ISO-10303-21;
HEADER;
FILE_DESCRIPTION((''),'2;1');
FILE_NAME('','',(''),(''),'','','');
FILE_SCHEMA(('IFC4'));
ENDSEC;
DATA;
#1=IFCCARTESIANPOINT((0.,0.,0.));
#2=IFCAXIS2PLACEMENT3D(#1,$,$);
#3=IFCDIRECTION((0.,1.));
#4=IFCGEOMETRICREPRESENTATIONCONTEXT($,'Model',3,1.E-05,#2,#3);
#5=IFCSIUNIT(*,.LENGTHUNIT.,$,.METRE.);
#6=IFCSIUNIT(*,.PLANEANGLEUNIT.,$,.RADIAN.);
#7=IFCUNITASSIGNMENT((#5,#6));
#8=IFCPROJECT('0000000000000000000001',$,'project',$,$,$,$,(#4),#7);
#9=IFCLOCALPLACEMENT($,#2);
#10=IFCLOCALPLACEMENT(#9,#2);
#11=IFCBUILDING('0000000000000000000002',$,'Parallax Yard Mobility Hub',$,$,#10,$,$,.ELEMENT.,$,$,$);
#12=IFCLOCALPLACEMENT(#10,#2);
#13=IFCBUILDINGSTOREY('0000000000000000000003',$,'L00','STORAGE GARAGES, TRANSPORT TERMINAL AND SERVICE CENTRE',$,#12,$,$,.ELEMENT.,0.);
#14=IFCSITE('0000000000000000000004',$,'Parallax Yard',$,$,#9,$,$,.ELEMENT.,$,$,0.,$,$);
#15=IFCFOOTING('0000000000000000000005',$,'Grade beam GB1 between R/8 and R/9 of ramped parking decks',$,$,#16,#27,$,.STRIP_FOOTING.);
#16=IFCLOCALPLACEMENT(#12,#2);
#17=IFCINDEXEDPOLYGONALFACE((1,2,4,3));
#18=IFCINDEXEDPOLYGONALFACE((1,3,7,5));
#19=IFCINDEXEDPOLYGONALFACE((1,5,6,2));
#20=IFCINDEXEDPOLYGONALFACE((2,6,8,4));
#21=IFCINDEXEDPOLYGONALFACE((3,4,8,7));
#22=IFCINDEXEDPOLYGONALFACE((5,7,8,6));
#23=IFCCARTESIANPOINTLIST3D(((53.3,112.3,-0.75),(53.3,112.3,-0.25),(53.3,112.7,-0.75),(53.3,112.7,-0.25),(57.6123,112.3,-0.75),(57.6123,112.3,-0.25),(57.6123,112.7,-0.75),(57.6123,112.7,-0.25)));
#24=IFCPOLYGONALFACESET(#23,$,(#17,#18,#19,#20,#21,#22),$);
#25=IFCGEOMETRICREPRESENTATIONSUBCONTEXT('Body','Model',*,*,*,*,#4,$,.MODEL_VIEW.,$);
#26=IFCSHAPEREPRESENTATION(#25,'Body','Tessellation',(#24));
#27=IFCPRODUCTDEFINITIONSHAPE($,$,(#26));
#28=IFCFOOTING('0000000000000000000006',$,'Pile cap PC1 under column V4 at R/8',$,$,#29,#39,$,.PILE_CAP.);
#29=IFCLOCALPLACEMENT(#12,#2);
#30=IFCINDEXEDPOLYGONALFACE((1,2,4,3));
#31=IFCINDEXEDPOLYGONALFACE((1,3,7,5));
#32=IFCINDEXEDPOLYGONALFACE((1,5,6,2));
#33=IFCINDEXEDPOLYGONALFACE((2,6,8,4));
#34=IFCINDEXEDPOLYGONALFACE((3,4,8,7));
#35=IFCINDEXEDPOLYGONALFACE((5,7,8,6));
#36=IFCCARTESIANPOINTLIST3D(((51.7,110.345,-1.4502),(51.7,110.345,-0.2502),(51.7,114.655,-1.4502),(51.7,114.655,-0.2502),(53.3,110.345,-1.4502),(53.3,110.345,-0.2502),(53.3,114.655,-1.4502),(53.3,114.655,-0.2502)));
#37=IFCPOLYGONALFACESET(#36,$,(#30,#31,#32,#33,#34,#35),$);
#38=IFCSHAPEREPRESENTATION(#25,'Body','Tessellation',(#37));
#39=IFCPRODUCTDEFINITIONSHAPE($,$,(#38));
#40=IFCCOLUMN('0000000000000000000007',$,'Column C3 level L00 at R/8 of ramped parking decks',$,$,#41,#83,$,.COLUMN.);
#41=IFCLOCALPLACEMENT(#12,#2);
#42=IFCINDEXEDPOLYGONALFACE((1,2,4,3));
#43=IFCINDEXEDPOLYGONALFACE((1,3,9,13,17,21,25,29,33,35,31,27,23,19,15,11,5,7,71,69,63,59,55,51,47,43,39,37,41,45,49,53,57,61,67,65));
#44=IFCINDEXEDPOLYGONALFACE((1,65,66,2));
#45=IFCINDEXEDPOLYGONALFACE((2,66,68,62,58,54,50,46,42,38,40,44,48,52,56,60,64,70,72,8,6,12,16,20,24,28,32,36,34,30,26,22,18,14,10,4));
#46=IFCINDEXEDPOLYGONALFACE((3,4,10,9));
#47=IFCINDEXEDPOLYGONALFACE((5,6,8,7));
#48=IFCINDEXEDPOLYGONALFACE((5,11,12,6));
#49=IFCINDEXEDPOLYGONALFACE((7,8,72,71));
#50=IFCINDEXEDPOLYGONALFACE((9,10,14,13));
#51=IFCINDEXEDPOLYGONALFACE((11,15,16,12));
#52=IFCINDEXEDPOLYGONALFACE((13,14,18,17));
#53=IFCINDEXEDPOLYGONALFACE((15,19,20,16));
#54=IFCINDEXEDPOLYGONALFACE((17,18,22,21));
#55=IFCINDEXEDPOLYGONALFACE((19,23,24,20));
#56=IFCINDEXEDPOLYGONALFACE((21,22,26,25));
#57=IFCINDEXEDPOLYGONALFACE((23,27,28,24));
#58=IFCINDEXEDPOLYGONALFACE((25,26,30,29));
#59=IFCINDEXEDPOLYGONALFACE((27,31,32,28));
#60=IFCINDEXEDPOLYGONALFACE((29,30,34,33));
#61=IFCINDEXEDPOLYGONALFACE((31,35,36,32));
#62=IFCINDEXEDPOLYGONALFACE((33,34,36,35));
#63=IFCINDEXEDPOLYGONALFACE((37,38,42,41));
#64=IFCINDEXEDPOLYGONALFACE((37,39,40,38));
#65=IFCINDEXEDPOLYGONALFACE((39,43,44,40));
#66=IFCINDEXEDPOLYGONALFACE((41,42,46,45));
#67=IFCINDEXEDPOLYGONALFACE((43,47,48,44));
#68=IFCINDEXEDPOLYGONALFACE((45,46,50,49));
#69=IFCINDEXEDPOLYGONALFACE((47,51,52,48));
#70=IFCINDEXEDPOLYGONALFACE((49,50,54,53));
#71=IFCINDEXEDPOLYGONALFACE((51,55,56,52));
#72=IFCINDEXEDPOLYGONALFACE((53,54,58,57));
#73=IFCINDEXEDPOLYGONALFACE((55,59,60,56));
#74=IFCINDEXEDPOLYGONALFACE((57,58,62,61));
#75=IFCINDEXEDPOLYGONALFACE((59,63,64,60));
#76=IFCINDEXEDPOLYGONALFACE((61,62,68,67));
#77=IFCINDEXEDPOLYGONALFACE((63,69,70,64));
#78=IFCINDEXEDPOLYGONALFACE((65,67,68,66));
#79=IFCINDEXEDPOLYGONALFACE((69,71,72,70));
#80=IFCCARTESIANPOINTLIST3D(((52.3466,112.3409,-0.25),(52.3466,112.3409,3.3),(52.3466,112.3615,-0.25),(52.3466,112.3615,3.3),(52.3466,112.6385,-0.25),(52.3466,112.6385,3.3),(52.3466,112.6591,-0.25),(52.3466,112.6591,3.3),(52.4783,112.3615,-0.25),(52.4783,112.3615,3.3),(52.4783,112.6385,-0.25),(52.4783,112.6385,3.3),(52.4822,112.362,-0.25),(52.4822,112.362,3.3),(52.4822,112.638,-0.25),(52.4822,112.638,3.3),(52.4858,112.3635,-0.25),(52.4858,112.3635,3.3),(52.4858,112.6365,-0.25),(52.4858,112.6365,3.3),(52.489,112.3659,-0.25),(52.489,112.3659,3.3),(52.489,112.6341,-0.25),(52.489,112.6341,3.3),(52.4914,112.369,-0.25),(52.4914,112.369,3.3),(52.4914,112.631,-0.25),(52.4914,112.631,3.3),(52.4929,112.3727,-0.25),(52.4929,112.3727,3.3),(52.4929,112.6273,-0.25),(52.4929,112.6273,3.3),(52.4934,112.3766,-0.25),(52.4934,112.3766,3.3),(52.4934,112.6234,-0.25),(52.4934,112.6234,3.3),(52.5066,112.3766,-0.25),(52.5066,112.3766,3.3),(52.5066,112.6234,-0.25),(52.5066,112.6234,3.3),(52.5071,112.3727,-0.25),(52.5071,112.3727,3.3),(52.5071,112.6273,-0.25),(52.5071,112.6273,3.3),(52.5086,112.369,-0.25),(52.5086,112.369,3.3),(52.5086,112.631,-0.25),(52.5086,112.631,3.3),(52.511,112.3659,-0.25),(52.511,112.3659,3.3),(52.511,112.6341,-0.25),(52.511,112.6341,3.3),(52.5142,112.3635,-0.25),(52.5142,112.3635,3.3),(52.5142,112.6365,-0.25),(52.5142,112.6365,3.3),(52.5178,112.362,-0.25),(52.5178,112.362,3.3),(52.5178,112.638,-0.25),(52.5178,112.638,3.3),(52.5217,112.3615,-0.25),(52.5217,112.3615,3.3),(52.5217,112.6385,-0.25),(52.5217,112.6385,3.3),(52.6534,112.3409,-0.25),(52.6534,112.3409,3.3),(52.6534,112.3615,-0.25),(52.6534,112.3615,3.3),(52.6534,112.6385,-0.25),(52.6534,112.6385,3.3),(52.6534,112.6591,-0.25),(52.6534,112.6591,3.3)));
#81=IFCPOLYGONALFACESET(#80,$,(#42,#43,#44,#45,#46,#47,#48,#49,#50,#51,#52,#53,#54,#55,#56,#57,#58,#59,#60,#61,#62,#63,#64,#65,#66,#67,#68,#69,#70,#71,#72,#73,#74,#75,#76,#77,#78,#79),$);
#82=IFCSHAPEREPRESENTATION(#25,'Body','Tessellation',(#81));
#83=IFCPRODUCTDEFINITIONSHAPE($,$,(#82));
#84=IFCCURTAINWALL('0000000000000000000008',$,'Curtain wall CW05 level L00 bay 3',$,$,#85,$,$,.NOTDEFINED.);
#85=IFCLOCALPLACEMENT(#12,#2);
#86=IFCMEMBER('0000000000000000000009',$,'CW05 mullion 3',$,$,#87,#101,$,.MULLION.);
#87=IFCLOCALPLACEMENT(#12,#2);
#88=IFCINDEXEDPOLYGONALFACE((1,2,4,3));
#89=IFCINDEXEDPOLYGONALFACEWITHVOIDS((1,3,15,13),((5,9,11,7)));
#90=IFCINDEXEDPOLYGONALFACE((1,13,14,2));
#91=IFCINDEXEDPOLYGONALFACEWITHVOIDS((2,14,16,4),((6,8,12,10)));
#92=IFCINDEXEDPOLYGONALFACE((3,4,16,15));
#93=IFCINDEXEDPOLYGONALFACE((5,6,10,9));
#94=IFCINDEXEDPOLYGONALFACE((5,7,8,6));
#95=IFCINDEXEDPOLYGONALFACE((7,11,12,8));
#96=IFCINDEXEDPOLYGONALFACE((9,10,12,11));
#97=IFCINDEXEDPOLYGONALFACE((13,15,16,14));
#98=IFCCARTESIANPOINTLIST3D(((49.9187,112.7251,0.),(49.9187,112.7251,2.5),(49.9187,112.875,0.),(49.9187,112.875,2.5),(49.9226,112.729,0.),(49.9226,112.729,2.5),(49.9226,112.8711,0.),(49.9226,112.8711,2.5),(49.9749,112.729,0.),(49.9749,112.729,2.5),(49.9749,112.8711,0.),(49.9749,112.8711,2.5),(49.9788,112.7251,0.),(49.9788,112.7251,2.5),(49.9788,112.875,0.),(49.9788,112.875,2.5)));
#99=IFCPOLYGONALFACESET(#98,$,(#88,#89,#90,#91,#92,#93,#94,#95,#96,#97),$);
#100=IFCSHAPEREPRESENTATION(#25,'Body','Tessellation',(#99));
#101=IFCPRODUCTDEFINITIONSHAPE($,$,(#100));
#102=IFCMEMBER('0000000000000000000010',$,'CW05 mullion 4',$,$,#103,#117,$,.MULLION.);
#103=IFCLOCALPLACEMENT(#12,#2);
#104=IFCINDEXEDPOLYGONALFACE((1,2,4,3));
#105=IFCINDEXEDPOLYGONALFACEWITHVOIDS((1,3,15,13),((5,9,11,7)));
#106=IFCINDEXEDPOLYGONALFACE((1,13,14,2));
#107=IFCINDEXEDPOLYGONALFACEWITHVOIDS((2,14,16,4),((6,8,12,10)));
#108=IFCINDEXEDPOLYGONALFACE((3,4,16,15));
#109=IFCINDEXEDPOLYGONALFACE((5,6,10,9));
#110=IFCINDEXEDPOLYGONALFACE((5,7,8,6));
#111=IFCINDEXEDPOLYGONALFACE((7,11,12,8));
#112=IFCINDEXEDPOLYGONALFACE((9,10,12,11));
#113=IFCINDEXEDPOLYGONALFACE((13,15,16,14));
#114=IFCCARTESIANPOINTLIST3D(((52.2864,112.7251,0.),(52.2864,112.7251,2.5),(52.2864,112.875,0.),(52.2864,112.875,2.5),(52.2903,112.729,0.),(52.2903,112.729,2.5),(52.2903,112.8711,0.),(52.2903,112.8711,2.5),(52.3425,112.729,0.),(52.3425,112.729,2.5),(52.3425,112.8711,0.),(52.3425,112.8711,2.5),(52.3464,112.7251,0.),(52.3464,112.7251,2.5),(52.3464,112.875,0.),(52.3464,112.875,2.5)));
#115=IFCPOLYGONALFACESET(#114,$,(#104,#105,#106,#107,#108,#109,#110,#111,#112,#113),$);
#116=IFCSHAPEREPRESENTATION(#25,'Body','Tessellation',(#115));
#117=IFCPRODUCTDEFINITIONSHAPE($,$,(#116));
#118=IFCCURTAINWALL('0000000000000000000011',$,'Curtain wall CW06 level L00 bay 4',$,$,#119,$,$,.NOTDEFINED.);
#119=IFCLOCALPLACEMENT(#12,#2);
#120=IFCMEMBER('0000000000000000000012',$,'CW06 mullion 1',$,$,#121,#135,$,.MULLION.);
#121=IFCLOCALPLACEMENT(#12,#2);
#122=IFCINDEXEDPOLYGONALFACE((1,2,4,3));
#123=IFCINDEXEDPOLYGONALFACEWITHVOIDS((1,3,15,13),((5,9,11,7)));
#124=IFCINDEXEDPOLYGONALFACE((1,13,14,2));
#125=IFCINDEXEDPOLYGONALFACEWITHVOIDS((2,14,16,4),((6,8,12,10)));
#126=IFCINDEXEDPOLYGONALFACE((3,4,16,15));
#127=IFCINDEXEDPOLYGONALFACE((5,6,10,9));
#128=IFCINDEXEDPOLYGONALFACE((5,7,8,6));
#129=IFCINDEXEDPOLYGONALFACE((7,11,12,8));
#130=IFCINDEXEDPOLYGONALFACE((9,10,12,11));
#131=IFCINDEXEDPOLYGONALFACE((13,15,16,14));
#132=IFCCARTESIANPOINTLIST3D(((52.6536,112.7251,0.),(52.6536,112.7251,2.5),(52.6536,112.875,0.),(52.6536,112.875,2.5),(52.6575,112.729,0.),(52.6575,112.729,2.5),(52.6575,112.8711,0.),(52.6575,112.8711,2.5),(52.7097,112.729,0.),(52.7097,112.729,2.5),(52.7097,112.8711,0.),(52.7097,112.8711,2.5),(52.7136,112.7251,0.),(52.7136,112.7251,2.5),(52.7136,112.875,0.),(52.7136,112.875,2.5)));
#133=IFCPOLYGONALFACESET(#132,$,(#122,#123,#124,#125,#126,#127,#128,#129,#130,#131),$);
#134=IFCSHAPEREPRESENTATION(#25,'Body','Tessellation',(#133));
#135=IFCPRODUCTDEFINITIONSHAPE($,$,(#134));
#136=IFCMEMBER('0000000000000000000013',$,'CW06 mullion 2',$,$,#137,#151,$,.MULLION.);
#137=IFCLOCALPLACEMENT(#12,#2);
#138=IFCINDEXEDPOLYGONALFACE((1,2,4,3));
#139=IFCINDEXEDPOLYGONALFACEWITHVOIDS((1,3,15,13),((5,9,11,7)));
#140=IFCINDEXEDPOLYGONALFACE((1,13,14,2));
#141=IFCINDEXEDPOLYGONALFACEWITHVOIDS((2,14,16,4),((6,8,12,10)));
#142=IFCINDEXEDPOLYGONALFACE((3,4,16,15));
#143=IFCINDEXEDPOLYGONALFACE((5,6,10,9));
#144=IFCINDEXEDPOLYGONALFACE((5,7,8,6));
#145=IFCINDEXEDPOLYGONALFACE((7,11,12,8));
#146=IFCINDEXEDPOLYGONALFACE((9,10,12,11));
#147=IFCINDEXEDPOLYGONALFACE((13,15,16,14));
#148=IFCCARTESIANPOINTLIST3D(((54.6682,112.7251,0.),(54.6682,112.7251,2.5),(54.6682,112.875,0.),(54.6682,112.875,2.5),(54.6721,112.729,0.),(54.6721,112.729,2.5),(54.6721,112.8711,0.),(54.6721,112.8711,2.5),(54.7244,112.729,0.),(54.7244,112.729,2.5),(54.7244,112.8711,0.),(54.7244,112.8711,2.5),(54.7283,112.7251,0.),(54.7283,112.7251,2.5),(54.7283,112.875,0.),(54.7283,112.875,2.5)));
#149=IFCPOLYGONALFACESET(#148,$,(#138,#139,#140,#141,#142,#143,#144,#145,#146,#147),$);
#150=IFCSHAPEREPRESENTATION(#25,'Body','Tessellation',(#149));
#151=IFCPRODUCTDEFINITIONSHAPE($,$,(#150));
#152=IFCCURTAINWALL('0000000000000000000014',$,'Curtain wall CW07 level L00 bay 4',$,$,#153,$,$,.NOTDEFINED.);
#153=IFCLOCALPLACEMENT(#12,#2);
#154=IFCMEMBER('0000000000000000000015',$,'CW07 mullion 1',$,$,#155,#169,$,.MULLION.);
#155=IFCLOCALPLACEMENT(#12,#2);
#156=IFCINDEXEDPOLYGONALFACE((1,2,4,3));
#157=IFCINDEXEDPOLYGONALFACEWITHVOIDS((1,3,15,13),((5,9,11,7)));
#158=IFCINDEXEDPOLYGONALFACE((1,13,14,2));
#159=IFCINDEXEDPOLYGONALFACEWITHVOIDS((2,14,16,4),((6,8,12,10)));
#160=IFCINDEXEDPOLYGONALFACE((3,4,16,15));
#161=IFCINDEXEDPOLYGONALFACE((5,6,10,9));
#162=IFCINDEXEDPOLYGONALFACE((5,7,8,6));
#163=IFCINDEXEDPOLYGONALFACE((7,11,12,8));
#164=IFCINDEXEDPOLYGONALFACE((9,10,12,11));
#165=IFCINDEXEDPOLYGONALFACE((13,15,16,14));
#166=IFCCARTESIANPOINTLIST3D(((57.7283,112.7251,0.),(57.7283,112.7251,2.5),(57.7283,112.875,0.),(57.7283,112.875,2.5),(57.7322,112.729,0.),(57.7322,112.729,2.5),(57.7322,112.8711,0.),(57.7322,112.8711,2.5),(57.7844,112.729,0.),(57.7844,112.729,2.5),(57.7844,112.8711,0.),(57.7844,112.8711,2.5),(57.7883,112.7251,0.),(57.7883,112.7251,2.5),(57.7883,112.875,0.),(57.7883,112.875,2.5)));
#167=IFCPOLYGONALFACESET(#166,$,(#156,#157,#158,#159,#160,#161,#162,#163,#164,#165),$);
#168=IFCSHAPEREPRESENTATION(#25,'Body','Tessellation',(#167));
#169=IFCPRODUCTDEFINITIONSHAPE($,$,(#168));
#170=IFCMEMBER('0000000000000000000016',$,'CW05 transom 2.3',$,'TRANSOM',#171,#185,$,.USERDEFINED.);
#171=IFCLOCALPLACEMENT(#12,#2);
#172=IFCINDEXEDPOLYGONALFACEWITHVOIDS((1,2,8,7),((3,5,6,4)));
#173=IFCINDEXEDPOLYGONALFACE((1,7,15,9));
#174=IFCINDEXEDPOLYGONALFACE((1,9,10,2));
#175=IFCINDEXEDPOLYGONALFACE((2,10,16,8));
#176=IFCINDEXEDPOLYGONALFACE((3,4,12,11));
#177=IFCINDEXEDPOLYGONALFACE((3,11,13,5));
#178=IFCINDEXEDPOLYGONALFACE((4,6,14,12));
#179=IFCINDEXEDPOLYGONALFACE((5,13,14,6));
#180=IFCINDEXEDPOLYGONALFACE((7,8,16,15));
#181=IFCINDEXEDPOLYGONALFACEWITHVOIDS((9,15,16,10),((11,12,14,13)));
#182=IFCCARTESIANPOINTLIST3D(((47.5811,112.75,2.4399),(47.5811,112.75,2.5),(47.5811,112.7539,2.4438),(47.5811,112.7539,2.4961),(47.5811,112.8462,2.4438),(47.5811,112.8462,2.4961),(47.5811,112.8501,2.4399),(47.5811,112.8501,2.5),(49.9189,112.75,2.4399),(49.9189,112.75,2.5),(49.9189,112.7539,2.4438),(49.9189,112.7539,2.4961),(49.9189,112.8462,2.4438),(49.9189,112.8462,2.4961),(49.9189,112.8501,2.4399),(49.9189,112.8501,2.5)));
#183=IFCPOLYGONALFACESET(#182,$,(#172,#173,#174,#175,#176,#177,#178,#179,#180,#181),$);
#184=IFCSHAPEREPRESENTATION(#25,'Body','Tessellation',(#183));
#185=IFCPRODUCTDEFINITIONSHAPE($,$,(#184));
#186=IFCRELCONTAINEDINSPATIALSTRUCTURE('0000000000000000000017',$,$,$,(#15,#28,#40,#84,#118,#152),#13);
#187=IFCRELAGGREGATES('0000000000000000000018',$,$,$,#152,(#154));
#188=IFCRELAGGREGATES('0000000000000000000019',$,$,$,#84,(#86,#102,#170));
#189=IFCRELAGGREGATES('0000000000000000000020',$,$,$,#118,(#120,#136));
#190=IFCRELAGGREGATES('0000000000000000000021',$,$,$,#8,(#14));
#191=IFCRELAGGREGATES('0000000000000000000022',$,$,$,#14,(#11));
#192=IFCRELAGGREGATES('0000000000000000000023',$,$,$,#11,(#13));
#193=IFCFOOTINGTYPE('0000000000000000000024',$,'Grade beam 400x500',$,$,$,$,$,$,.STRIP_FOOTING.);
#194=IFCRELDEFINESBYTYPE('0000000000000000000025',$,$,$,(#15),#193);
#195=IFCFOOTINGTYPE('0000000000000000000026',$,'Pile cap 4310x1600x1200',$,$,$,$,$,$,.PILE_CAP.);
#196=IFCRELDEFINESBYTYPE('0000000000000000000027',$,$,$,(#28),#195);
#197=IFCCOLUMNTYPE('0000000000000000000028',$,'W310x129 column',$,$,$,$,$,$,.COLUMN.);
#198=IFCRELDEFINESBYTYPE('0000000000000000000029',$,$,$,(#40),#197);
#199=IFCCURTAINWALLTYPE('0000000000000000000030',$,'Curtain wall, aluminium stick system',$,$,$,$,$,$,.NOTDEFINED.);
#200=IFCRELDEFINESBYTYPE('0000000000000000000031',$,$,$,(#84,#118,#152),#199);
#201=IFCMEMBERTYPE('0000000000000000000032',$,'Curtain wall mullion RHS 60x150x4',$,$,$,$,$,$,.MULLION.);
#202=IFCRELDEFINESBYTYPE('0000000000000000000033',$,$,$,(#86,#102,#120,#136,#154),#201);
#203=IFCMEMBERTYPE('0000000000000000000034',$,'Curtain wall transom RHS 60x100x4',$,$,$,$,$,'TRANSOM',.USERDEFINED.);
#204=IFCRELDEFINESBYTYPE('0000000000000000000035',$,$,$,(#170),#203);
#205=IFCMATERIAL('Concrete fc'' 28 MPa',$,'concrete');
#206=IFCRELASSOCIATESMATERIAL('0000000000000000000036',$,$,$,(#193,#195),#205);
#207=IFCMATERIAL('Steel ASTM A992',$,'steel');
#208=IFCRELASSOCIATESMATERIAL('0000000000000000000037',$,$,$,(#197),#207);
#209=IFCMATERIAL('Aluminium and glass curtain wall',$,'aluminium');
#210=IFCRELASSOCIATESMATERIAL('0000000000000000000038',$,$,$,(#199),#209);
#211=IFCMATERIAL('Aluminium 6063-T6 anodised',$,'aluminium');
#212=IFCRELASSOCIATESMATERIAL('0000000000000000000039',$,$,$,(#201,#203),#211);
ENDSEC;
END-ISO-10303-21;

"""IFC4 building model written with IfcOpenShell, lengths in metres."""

from ifc_helpers import new_model, si_unit, direction, frame, origin, origin_2d, place, context, subcontext, project, spatial, rectangle, hollow_rectangle, i_section, extrude, material, material_profile, profile_set, type_object, element, aggregate, save


model = new_model("IFC4")

# Units and contexts
model_context = context("Model", 3, precision=1e-05, world=origin(), true_north=direction((0.0, 1.0)))
body_context = subcontext(model_context, "Body", "Model", "MODEL_VIEW")
ifc_project = project(units=[si_unit("LENGTHUNIT", "METRE"), si_unit("PLANEANGLEUNIT", "RADIAN")], contexts=[model_context])

# Site, building, storey
site_placement = place(None, origin())
site = spatial("IfcSite", under=ifc_project, at=site_placement, Name="Parallax Yard", CompositionType="ELEMENT", RefElevation=0.0)
building_placement = place(site_placement, origin())
building = spatial("IfcBuilding", under=site, at=building_placement, Name="Parallax Yard Mobility Hub", CompositionType="ELEMENT")
storey_placement = place(building_placement, origin())
storey = spatial("IfcBuildingStorey", under=building, at=storey_placement, Name="L00", Description="STORAGE GARAGES, TRANSPORT TERMINAL AND SERVICE CENTRE", CompositionType="ELEMENT", Elevation=0.0)

# Footings
ifc_material_1 = material(Name="Concrete fc' 28 MPa", Category="concrete")
ifc_material_profile_1 = material_profile(ifc_material_1, rectangle(XDim=0.3999, YDim=0.5, at=origin_2d()), Name="Grade beam 400x500")
ifc_profile_set_1 = profile_set([ifc_material_profile_1], Name="Concrete fc' 28 MPa")
footing_type_1 = type_object("IfcFootingType", Name="Grade beam 400x500", PredefinedType="STRIP_FOOTING", material=ifc_profile_set_1)
footing_1_placement = place(storey_placement, frame((53.3, 112.5, -0.5), z_axis=(1.0, 0.0, 0.0), x_axis=(0.0, 1.0, 0.0)))
element("IfcFooting", 1, at=footing_1_placement, inside=storey, type_object=footing_type_1, Name="Grade beam GB1 between R/8 and R/9 of ramped parking decks", PredefinedType="STRIP_FOOTING", context=body_context, shape_type="SweptSolid", body=[
    extrude(rectangle(XDim=0.3999, YDim=0.5, at=origin_2d()), origin(), (0.0, 0.0, 1.0), 4.3123),
])
footing_type_2 = type_object("IfcFootingType", Name="Pile cap 4310x1600x1200", PredefinedType="PILE_CAP", material=ifc_material_1)
footing_2_placement = place(storey_placement, frame((52.5, 112.5, -1.4502), z_axis=(0.0, 0.0, 1.0), x_axis=(0.0, 1.0, 0.0)))
element("IfcFooting", 2, at=footing_2_placement, inside=storey, type_object=footing_type_2, Name="Pile cap PC1 under column V4 at R/8", PredefinedType="PILE_CAP", context=body_context, shape_type="SweptSolid", body=[
    extrude(rectangle(XDim=4.3101, YDim=1.6001, at=origin_2d()), origin(), (0.0, 0.0, 1.0), 1.2),
])

# Column
ifc_material_2 = material(Name="Steel ASTM A992", Category="steel")
ifc_material_profile_2 = material_profile(ifc_material_2, i_section(OverallWidth=0.3069, OverallDepth=0.3181, WebThickness=0.0132, FlangeThickness=0.0205, FilletRadius=0.0151, at=origin_2d()), Name="W310x129")
ifc_profile_set_2 = profile_set([ifc_material_profile_2], Name="Steel ASTM A992")
column_type = type_object("IfcColumnType", Name="W310x129 column", PredefinedType="COLUMN", material=ifc_profile_set_2)
column_placement = place(storey_placement, frame((52.5, 112.5, -0.25), z_axis=(0.0, 0.0, 1.0), x_axis=(1.0, 0.0, 0.0)))
element("IfcColumn", 3, at=column_placement, inside=storey, type_object=column_type, Name="Column C3 level L00 at R/8 of ramped parking decks", PredefinedType="COLUMN", context=body_context, shape_type="SweptSolid", body=[
    extrude(i_section(OverallWidth=0.3069, OverallDepth=0.3181, WebThickness=0.0132, FlangeThickness=0.0205, FilletRadius=0.0151, at=origin_2d()), origin(), (0.0, 0.0, 1.0), 3.55),
])

# Curtain walls, members
ifc_material_3 = material(Name="Aluminium and glass curtain wall", Category="aluminium")
curtain_wall_type = type_object("IfcCurtainWallType", Name="Curtain wall, aluminium stick system", PredefinedType="NOTDEFINED", material=ifc_material_3)
curtain_wall_1_placement = place(storey_placement, origin())
curtain_wall_1 = element("IfcCurtainWall", 4, at=curtain_wall_1_placement, inside=storey, type_object=curtain_wall_type, Name="Curtain wall CW05 level L00 bay 3", PredefinedType="NOTDEFINED")
ifc_material_4 = material(Name="Aluminium 6063-T6 anodised", Category="aluminium")
ifc_material_profile_3 = material_profile(ifc_material_4, hollow_rectangle(XDim=0.1499, YDim=0.0601, WallThickness=0.0039, at=origin_2d()), Name="RHS 60x150x4")
ifc_profile_set_3 = profile_set([ifc_material_profile_3], Name="Aluminium 6063-T6 anodised")
member_type_1 = type_object("IfcMemberType", Name="Curtain wall mullion RHS 60x150x4", PredefinedType="MULLION", material=ifc_profile_set_3)
member_1_placement = place(storey_placement, frame((49.9487, 112.8, 0.0), z_axis=(0.0, 0.0, 1.0), x_axis=(0.0, 1.0, 0.0)))
member_1 = element("IfcMember", 5, at=member_1_placement, type_object=member_type_1, Name="CW05 mullion 3", PredefinedType="MULLION", context=body_context, shape_type="SweptSolid", body=[
    extrude(hollow_rectangle(XDim=0.1499, YDim=0.0601, WallThickness=0.0039, at=origin_2d()), origin(), (0.0, 0.0, 1.0), 2.5),
])
member_2_placement = place(storey_placement, frame((52.3164, 112.8, 0.0), z_axis=(0.0, 0.0, 1.0), x_axis=(0.0, 1.0, 0.0)))
member_2 = element("IfcMember", 6, at=member_2_placement, type_object=member_type_1, Name="CW05 mullion 4", PredefinedType="MULLION", context=body_context, shape_type="SweptSolid", body=[
    extrude(hollow_rectangle(XDim=0.1499, YDim=0.0601, WallThickness=0.0039, at=origin_2d()), origin(), (0.0, 0.0, 1.0), 2.5),
])
curtain_wall_2_placement = place(storey_placement, origin())
curtain_wall_2 = element("IfcCurtainWall", 7, at=curtain_wall_2_placement, inside=storey, type_object=curtain_wall_type, Name="Curtain wall CW06 level L00 bay 4", PredefinedType="NOTDEFINED")
member_3_placement = place(storey_placement, frame((52.6836, 112.8, 0.0), z_axis=(0.0, 0.0, 1.0), x_axis=(0.0, 1.0, 0.0)))
member_3 = element("IfcMember", 8, at=member_3_placement, type_object=member_type_1, Name="CW06 mullion 1", PredefinedType="MULLION", context=body_context, shape_type="SweptSolid", body=[
    extrude(hollow_rectangle(XDim=0.1499, YDim=0.0601, WallThickness=0.0039, at=origin_2d()), origin(), (0.0, 0.0, 1.0), 2.5),
])
member_4_placement = place(storey_placement, frame((54.6982, 112.8, 0.0), z_axis=(0.0, 0.0, 1.0), x_axis=(0.0, 1.0, 0.0)))
member_4 = element("IfcMember", 9, at=member_4_placement, type_object=member_type_1, Name="CW06 mullion 2", PredefinedType="MULLION", context=body_context, shape_type="SweptSolid", body=[
    extrude(hollow_rectangle(XDim=0.1499, YDim=0.0601, WallThickness=0.0039, at=origin_2d()), origin(), (0.0, 0.0, 1.0), 2.5),
])

# Curtain wall, member
curtain_wall_3_placement = place(storey_placement, origin())
curtain_wall_3 = element("IfcCurtainWall", 10, at=curtain_wall_3_placement, inside=storey, type_object=curtain_wall_type, Name="Curtain wall CW07 level L00 bay 4", PredefinedType="NOTDEFINED")
member_5_placement = place(storey_placement, frame((57.7583, 112.8, 0.0), z_axis=(0.0, 0.0, 1.0), x_axis=(0.0, 1.0, 0.0)))
member_5 = element("IfcMember", 11, at=member_5_placement, type_object=member_type_1, Name="CW07 mullion 1", PredefinedType="MULLION", context=body_context, shape_type="SweptSolid", body=[
    extrude(hollow_rectangle(XDim=0.1499, YDim=0.0601, WallThickness=0.0039, at=origin_2d()), origin(), (0.0, 0.0, 1.0), 2.5),
])

# Member
ifc_material_profile_4 = material_profile(ifc_material_4, hollow_rectangle(XDim=0.1001, YDim=0.0601, WallThickness=0.0039, at=origin_2d()), Name="RHS 60x100x4")
ifc_profile_set_4 = profile_set([ifc_material_profile_4], Name="Aluminium 6063-T6 anodised")
member_type_2 = type_object("IfcMemberType", Name="Curtain wall transom RHS 60x100x4", ElementType="TRANSOM", PredefinedType="USERDEFINED", material=ifc_profile_set_4)
member_6_placement = place(storey_placement, frame((47.5811, 112.8, 2.47), z_axis=(1.0, 0.0, 0.0), x_axis=(0.0, 1.0, 0.0)))
member_6 = element("IfcMember", 12, at=member_6_placement, type_object=member_type_2, Name="CW05 transom 2.3", ObjectType="TRANSOM", PredefinedType="USERDEFINED", context=body_context, shape_type="SweptSolid", body=[
    extrude(hollow_rectangle(XDim=0.1001, YDim=0.0601, WallThickness=0.0039, at=origin_2d()), origin(), (0.0, 0.0, 1.0), 2.3379),
])
aggregate(curtain_wall_3, [member_5])

aggregate(curtain_wall_1, [member_1, member_2, member_6])
aggregate(curtain_wall_2, [member_3, member_4])

save(model, "model.ifc")
